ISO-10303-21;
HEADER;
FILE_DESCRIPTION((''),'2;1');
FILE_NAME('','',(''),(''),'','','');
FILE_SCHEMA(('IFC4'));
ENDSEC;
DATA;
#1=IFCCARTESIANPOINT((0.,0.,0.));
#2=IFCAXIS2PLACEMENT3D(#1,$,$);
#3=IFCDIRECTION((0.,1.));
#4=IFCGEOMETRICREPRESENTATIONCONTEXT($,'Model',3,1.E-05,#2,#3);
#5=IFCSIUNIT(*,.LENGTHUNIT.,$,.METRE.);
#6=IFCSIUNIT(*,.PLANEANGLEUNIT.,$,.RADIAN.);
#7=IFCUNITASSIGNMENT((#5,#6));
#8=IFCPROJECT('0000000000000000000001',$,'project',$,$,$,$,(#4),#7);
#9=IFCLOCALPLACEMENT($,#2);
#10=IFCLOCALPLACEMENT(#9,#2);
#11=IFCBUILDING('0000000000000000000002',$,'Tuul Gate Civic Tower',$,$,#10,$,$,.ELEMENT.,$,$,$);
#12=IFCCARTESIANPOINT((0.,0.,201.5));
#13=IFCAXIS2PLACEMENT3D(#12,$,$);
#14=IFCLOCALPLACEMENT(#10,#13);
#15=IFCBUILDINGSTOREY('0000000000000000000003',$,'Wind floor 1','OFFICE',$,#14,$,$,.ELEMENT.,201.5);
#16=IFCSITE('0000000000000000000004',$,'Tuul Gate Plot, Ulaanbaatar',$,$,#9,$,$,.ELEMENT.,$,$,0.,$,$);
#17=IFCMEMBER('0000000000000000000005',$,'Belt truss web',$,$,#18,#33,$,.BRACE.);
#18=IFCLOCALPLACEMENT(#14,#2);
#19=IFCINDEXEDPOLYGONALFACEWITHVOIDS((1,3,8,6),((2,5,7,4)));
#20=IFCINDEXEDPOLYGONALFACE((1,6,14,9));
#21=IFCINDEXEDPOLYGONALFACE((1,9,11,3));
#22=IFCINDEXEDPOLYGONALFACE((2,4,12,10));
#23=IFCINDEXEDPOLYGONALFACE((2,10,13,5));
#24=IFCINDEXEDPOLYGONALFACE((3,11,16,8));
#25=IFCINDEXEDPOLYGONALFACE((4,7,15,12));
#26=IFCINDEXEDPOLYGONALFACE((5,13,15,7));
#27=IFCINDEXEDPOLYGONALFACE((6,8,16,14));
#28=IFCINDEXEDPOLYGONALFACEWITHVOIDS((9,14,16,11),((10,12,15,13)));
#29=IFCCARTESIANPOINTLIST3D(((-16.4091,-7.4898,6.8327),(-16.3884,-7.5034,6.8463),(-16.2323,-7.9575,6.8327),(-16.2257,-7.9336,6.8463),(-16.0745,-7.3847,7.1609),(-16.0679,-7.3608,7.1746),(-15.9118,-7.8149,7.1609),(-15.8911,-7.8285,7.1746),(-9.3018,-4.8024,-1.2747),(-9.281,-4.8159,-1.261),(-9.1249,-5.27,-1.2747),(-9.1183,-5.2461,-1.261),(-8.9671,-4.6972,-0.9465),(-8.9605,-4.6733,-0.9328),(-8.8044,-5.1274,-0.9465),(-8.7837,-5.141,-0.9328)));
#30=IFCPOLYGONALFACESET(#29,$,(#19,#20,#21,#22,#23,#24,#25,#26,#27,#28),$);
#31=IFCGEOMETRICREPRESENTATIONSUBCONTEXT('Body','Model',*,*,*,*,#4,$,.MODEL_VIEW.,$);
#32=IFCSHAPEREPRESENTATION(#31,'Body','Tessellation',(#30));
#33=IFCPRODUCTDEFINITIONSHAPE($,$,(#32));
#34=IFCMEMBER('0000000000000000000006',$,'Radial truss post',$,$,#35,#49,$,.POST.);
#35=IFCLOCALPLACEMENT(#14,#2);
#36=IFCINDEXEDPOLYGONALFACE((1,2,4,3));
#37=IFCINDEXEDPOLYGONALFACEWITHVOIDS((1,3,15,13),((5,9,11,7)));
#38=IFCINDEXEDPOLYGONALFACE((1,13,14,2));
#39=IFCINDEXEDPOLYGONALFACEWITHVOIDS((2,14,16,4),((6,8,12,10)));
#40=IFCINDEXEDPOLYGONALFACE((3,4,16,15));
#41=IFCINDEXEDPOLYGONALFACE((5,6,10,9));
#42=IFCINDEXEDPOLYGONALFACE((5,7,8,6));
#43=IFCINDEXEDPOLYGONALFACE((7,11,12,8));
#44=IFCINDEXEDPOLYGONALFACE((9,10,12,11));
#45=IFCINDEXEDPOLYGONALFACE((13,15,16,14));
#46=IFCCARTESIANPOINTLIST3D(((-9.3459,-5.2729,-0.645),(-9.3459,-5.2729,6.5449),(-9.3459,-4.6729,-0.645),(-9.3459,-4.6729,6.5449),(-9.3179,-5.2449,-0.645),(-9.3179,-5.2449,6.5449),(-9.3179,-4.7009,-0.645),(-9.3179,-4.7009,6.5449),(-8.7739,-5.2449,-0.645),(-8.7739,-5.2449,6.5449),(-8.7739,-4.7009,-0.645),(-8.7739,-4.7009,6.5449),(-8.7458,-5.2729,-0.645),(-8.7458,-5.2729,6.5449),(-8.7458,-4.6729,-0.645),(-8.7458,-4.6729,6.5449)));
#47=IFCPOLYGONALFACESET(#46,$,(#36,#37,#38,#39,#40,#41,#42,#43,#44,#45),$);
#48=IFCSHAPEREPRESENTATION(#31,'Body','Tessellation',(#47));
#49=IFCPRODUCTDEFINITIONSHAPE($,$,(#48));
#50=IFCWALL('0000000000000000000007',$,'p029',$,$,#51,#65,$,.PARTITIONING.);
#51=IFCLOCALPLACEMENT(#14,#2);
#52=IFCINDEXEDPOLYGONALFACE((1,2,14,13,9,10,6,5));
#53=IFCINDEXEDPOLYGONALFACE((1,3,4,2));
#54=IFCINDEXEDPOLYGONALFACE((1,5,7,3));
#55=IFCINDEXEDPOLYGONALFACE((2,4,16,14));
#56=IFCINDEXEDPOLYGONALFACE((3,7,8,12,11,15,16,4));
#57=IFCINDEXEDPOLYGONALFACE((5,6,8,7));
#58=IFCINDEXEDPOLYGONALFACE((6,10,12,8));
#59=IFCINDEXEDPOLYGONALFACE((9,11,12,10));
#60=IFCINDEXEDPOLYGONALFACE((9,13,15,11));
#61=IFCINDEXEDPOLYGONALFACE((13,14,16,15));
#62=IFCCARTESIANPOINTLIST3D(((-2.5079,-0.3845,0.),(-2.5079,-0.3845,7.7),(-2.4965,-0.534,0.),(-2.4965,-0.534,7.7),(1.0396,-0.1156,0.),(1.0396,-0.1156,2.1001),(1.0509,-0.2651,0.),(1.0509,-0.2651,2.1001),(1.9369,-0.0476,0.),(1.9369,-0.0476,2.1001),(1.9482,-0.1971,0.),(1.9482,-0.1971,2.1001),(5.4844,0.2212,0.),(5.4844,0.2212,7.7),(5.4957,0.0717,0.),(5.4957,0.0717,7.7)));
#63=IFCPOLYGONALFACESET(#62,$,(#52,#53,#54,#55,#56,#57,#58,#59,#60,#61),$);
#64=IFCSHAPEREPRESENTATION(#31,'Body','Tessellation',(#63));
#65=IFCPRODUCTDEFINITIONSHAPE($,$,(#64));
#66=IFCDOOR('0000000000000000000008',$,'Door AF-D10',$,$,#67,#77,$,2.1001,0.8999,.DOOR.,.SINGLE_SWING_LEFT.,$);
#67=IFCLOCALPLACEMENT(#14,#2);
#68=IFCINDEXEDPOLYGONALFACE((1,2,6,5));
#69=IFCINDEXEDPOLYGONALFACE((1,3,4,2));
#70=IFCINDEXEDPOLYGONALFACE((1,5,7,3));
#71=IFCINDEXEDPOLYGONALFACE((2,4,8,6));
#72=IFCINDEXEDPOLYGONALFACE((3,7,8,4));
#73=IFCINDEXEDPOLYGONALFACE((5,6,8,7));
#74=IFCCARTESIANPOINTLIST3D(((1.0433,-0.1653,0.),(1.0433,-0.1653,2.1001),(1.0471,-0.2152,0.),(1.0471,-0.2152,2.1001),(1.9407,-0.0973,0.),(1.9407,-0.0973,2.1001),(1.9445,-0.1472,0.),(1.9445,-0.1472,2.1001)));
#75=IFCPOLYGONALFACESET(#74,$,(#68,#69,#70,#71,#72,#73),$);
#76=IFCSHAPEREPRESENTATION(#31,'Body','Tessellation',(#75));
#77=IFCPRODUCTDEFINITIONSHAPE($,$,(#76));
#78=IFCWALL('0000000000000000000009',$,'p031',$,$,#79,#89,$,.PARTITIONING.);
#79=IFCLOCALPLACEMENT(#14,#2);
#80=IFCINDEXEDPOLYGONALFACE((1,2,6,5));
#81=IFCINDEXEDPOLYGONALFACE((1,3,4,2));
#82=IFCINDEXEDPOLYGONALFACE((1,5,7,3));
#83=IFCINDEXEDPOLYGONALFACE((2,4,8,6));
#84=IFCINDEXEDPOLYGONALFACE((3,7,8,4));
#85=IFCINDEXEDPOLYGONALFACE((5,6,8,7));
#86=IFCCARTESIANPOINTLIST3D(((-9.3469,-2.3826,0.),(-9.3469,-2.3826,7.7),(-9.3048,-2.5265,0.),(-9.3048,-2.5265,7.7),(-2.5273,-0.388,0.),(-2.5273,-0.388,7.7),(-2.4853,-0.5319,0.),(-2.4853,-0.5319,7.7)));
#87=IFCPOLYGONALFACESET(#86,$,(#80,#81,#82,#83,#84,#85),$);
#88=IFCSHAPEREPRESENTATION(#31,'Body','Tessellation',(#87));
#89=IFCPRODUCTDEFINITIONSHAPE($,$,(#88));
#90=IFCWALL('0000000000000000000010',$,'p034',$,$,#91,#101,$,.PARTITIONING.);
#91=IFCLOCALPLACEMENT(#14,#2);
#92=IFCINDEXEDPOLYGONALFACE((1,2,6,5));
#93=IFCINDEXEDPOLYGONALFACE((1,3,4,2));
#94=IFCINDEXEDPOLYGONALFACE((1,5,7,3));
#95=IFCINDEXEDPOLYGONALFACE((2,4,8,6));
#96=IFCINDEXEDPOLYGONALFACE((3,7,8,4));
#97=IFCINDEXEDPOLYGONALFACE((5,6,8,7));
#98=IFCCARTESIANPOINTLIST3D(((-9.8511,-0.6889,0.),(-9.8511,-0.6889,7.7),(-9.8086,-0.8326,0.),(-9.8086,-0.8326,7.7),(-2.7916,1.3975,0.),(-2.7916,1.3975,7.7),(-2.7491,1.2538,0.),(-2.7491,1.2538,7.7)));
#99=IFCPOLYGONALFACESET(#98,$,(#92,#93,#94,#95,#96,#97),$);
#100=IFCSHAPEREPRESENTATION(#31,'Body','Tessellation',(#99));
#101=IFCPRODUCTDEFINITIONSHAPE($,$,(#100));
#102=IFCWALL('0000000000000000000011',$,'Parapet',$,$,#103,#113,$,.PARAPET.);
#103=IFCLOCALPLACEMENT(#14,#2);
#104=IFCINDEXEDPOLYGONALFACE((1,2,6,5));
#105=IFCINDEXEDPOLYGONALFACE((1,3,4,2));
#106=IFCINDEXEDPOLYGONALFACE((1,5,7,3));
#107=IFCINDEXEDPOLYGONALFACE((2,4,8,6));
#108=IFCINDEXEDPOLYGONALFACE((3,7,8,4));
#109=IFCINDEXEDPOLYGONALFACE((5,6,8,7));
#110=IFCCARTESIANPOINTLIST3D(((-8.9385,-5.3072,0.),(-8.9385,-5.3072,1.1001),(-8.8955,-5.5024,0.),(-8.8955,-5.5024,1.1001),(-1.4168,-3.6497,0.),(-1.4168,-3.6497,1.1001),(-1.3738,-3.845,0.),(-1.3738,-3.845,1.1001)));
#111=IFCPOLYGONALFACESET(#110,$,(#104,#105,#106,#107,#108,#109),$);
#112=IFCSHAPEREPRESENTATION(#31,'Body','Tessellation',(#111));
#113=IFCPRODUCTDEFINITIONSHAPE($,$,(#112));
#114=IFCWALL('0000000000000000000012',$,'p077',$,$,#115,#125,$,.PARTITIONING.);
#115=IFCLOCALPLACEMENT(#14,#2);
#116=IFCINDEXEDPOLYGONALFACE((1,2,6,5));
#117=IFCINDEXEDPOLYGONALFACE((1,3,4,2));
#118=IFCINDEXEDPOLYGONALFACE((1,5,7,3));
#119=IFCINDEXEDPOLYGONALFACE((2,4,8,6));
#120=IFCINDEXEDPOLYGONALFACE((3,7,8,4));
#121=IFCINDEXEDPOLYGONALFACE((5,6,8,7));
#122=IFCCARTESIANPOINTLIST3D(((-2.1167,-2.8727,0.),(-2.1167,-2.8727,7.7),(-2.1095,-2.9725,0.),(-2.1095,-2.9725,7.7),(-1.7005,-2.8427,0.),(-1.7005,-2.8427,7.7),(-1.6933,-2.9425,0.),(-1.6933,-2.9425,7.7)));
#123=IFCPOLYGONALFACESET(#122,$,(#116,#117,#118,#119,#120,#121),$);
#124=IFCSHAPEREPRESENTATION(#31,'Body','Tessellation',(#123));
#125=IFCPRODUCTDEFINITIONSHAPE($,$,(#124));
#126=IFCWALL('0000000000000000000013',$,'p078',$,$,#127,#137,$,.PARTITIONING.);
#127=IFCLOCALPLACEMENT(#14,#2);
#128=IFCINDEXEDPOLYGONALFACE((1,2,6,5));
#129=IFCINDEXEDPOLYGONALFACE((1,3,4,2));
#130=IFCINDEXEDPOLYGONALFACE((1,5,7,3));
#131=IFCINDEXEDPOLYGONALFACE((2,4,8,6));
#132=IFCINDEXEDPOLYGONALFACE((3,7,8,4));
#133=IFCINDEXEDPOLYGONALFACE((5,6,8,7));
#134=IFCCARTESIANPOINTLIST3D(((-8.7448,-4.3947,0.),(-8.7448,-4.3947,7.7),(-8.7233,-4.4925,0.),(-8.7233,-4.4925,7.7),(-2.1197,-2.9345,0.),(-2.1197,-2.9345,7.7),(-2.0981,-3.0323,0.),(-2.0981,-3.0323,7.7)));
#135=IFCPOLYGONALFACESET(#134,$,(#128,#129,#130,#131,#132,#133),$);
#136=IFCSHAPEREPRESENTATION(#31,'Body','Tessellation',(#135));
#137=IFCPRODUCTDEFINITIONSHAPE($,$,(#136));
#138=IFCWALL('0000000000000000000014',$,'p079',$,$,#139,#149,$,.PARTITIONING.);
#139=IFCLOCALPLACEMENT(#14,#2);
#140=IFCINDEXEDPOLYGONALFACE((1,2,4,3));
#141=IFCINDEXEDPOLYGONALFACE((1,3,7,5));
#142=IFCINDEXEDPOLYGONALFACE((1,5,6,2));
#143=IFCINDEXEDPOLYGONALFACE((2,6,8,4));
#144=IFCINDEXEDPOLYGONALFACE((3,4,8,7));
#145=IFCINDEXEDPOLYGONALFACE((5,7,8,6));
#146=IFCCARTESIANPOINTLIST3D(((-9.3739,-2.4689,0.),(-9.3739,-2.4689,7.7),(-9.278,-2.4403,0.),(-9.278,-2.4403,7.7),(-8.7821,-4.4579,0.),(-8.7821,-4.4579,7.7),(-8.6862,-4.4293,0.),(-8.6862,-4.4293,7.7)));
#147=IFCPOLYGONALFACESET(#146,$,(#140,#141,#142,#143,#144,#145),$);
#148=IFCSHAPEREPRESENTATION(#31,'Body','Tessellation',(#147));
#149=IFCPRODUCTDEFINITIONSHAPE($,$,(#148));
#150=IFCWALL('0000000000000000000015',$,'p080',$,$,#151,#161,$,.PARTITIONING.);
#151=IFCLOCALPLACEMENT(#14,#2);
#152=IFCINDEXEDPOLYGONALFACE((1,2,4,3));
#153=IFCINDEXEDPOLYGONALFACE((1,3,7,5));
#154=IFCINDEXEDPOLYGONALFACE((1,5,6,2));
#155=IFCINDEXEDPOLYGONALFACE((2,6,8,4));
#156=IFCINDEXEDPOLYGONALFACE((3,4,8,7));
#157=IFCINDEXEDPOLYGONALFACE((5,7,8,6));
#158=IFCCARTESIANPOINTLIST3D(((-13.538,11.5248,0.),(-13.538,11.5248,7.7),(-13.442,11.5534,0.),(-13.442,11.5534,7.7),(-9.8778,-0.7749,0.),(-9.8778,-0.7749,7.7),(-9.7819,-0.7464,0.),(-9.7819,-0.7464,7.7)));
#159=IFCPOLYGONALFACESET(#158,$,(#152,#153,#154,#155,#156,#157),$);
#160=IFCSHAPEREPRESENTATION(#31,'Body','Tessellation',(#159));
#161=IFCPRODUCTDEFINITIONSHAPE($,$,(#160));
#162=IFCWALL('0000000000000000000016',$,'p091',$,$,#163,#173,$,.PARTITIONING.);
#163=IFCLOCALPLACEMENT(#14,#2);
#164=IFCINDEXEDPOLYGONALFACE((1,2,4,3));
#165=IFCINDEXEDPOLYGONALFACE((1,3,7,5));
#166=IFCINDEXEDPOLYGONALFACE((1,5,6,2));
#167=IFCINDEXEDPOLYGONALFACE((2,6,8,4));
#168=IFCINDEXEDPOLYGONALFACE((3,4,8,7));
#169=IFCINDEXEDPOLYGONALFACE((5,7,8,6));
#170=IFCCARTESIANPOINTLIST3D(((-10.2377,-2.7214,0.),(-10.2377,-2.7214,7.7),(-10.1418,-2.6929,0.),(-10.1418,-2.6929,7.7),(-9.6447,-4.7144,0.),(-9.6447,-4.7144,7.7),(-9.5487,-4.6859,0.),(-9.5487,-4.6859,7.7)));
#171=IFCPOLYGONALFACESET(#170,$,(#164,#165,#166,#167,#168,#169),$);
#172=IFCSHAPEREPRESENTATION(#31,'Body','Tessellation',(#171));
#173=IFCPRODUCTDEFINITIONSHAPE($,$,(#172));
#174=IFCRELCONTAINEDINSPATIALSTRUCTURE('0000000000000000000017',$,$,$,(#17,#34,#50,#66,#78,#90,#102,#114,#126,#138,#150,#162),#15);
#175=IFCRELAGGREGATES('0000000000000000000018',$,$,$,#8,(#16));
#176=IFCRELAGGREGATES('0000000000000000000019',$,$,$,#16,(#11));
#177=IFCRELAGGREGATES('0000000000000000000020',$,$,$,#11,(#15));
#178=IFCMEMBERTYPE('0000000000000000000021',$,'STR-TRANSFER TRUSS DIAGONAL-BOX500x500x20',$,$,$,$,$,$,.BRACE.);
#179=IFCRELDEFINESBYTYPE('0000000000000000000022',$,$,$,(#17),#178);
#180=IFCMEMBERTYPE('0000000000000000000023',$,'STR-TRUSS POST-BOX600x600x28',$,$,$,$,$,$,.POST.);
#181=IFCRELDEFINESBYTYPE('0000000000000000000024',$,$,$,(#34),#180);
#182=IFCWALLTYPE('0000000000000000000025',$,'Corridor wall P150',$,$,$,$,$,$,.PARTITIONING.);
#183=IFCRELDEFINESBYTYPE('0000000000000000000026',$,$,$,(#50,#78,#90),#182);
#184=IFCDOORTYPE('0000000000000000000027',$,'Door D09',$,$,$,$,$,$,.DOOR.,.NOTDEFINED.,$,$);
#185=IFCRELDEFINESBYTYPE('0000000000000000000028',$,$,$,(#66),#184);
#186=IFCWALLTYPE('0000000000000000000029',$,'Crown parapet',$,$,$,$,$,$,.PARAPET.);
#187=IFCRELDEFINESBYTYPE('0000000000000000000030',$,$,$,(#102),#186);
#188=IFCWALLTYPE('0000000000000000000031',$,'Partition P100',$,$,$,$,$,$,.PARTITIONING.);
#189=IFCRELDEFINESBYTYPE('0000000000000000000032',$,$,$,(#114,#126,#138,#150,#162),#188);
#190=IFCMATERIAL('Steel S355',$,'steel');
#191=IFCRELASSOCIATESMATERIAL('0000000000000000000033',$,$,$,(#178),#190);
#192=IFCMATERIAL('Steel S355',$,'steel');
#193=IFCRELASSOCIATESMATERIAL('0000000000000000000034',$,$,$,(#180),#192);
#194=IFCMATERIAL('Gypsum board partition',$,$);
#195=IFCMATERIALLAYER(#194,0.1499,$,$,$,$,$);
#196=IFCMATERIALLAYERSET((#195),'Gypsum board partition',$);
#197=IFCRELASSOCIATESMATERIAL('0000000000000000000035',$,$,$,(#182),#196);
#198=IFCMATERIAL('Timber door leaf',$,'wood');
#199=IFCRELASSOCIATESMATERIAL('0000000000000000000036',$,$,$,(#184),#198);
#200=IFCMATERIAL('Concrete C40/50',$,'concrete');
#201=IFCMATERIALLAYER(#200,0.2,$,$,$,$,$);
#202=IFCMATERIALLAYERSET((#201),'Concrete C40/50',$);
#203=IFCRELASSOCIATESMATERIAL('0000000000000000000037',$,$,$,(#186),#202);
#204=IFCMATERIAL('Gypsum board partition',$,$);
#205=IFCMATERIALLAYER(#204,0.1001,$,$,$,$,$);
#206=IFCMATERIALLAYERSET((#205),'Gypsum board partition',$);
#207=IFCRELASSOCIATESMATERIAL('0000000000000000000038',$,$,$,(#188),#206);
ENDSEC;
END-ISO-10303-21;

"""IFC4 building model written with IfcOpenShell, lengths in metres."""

from ifc_helpers import new_model, si_unit, direction, frame, frame_2d, origin, origin_2d, place, context, subcontext, project, spatial, rectangle, hollow_rectangle, extrude, material, layer, layer_set, material_profile, profile_set, type_object, element, fill, save


model = new_model("IFC4")

# Units and contexts
model_context = context("Model", 3, precision=1e-05, world=origin(), true_north=direction((0.0, 1.0)))
body_context = subcontext(model_context, "Body", "Model", "MODEL_VIEW")
ifc_project = project(units=[si_unit("LENGTHUNIT", "METRE"), si_unit("PLANEANGLEUNIT", "RADIAN")], contexts=[model_context])

# Site, building, storey
site_placement = place(None, origin())
site = spatial("IfcSite", under=ifc_project, at=site_placement, Name="Tuul Gate Plot, Ulaanbaatar", CompositionType="ELEMENT", RefElevation=0.0)
building_placement = place(site_placement, origin())
building = spatial("IfcBuilding", under=site, at=building_placement, Name="Tuul Gate Civic Tower", CompositionType="ELEMENT")
storey_placement = place(building_placement, frame((0.0, 0.0, 201.5)))
storey = spatial("IfcBuildingStorey", under=building, at=storey_placement, Name="Wind floor 1", Description="OFFICE", CompositionType="ELEMENT", Elevation=201.5)

# Members
ifc_material_1 = material(Name="Steel S355", Category="steel")
ifc_material_profile_1 = material_profile(ifc_material_1, hollow_rectangle(XDim=0.5, YDim=0.5, WallThickness=0.02, at=origin_2d()), Name="BOX500x500x20")
ifc_profile_set_1 = profile_set([ifc_material_profile_1], Name="Steel S355")
member_type_1 = type_object("IfcMemberType", Name="STR-TRANSFER TRUSS DIAGONAL-BOX500x500x20", PredefinedType="BRACE", material=ifc_profile_set_1)
member_1_placement = place(storey_placement, frame((-9.0427, -4.9717, -1.1038), z_axis=(-0.639638, -0.241864, 0.729634), x_axis=(0.353685, -0.935364, 0.0)))
element("IfcMember", 1, at=member_1_placement, inside=storey, type_object=member_type_1, Name="Belt truss web", PredefinedType="BRACE", context=body_context, shape_type="SweptSolid", body=[
    extrude(hollow_rectangle(XDim=0.5, YDim=0.5, WallThickness=0.02, at=origin_2d()), origin(), (0.0, 0.0, 1.0), 11.1116),
])
ifc_material_2 = material(Name="Steel S355", Category="steel")
ifc_material_profile_2 = material_profile(ifc_material_2, hollow_rectangle(XDim=0.6001, YDim=0.6001, WallThickness=0.0281, at=origin_2d()), Name="BOX600x600x28")
ifc_profile_set_2 = profile_set([ifc_material_profile_2], Name="Steel S355")
member_type_2 = type_object("IfcMemberType", Name="STR-TRUSS POST-BOX600x600x28", PredefinedType="POST", material=ifc_profile_set_2)
member_2_placement = place(storey_placement, frame((-9.0459, -4.9729, -0.645), z_axis=(0.0, 0.0, 1.0), x_axis=(1.0, 0.0, 0.0)))
element("IfcMember", 2, at=member_2_placement, inside=storey, type_object=member_type_2, Name="Radial truss post", PredefinedType="POST", context=body_context, shape_type="SweptSolid", body=[
    extrude(hollow_rectangle(XDim=0.6001, YDim=0.6001, WallThickness=0.0281, at=origin_2d()), origin(), (0.0, 0.0, 1.0), 7.1899),
])

# Wall, opening, door
ifc_material_3 = material(Name="Gypsum board partition")
ifc_layer_1 = layer(ifc_material_3, 0.1499)
ifc_layer_set_1 = layer_set([ifc_layer_1], Name="Gypsum board partition")
wall_type_1 = type_object("IfcWallType", Name="Corridor wall P150", PredefinedType="PARTITIONING", material=ifc_layer_set_1)
wall_1_placement = place(storey_placement, frame((-2.5022, -0.4592, 0.0), z_axis=(0.0, 0.0, 1.0), x_axis=(0.99714, 0.075571, 0.0)))
wall_1 = element("IfcWall", 3, at=wall_1_placement, inside=storey, type_object=wall_type_1, Name="p029", PredefinedType="PARTITIONING", context=body_context, shape_type="SweptSolid", body=[
    extrude(rectangle(XDim=8.0151, YDim=0.1499, at=frame_2d((4.0076, 0.0))), origin(), (0.0, 0.0, 1.0), 7.7),
])
opening_placement = place(wall_1_placement, frame((3.5576, 0.0, 0.0)))
opening = element("IfcOpeningElement", 4, at=opening_placement, cuts=wall_1, PredefinedType="OPENING", context=body_context, shape_type="SweptSolid", body=[
    extrude(rectangle(XDim=0.8999, YDim=2.1001, at=frame_2d((0.45, 1.05))), frame((0.0, 0.085, 0.0), z_axis=(0.0, -1.0, 0.0), x_axis=(1.0, 0.0, 0.0)), (0.0, 0.0, 1.0), 0.1699),
])
ifc_material_4 = material(Name="Timber door leaf", Category="wood")
door_type = type_object("IfcDoorType", Name="Door D09", OperationType="NOTDEFINED", PredefinedType="DOOR", material=ifc_material_4)
door_placement = place(opening_placement, frame((0.8999, 0.0, 0.0), z_axis=(0.0, 0.0, 1.0), x_axis=(-1.0, 0.0, 0.0)))
door = element("IfcDoor", 5, at=door_placement, inside=storey, type_object=door_type, Name="Door AF-D10", OperationType="SINGLE_SWING_LEFT", OverallHeight=2.1001, OverallWidth=0.8999, PredefinedType="DOOR", context=body_context, shape_type="SweptSolid", body=[
    extrude(rectangle(XDim=0.8999, YDim=2.1001, at=frame_2d((0.45, 1.05))), frame((0.0, 0.0249, 0.0), z_axis=(0.0, -1.0, 0.0), x_axis=(1.0, 0.0, 0.0)), (0.0, 0.0, 1.0), 0.05),
])
fill(opening, door)

# Walls
wall_2_placement = place(storey_placement, frame((-9.3259, -2.4546, 0.0), z_axis=(0.0, 0.0, 1.0), x_axis=(0.959788, 0.280724, 0.0)))
element("IfcWall", 6, at=wall_2_placement, inside=storey, type_object=wall_type_1, Name="p031", PredefinedType="PARTITIONING", context=body_context, shape_type="SweptSolid", body=[
    extrude(rectangle(XDim=7.1052, YDim=0.1499, at=frame_2d((3.5527, 0.0))), origin(), (0.0, 0.0, 1.0), 7.7),
])
wall_3_placement = place(storey_placement, frame((-9.8298, -0.7607, 0.0), z_axis=(0.0, 0.0, 1.0), x_axis=(0.958994, 0.283427, 0.0)))
element("IfcWall", 7, at=wall_3_placement, inside=storey, type_object=wall_type_1, Name="p034", PredefinedType="PARTITIONING", context=body_context, shape_type="SweptSolid", body=[
    extrude(rectangle(XDim=7.3613, YDim=0.1499, at=frame_2d((3.6807, 0.0))), origin(), (0.0, 0.0, 1.0), 7.7),
])
ifc_material_5 = material(Name="Concrete C40/50", Category="concrete")
ifc_layer_2 = layer(ifc_material_5, 0.2)
ifc_layer_set_2 = layer_set([ifc_layer_2], Name="Concrete C40/50")
wall_type_2 = type_object("IfcWallType", Name="Crown parapet", PredefinedType="PARAPET", material=ifc_layer_set_2)
wall_4_placement = place(storey_placement, frame((-8.917, -5.4048, 0.0), z_axis=(0.0, 0.0, 1.0), x_axis=(0.976571, 0.215195, 0.0)))
element("IfcWall", 8, at=wall_4_placement, inside=storey, type_object=wall_type_2, Name="Parapet", PredefinedType="PARAPET", context=body_context, shape_type="SweptSolid", body=[
    extrude(rectangle(XDim=7.7021, YDim=0.2, at=frame_2d((3.8511, 0.0))), origin(), (0.0, 0.0, 1.0), 1.1001),
])
ifc_material_6 = material(Name="Gypsum board partition")
ifc_layer_3 = layer(ifc_material_6, 0.1001)
ifc_layer_set_3 = layer_set([ifc_layer_3], Name="Gypsum board partition")
wall_type_3 = type_object("IfcWallType", Name="Partition P100", PredefinedType="PARTITIONING", material=ifc_layer_set_3)
wall_5_placement = place(storey_placement, frame((-1.697, -2.8926, 0.0), z_axis=(0.0, 0.0, 1.0), x_axis=(-0.997408, -0.071954, 0.0)))
element("IfcWall", 9, at=wall_5_placement, inside=storey, type_object=wall_type_3, Name="p077", PredefinedType="PARTITIONING", context=body_context, shape_type="SweptSolid", body=[
    extrude(rectangle(XDim=0.4172, YDim=0.1001, at=frame_2d((0.2085, 0.0))), origin(), (0.0, 0.0, 1.0), 7.7),
])
wall_6_placement = place(storey_placement, frame((-2.1089, -2.9834, 0.0), z_axis=(0.0, 0.0, 1.0), x_axis=(-0.976562, -0.215235, 0.0)))
element("IfcWall", 10, at=wall_6_placement, inside=storey, type_object=wall_type_3, Name="p078", PredefinedType="PARTITIONING", context=body_context, shape_type="SweptSolid", body=[
    extrude(rectangle(XDim=6.7842, YDim=0.1001, at=frame_2d((3.3921, 0.0))), origin(), (0.0, 0.0, 1.0), 7.7),
])
wall_7_placement = place(storey_placement, frame((-8.7341, -4.4436, 0.0), z_axis=(0.0, 0.0, 1.0), x_axis=(-0.285178, 0.958475, 0.0)))
element("IfcWall", 11, at=wall_7_placement, inside=storey, type_object=wall_type_3, Name="p079", PredefinedType="PARTITIONING", context=body_context, shape_type="SweptSolid", body=[
    extrude(rectangle(XDim=2.0752, YDim=0.1001, at=frame_2d((1.0376, 0.0))), origin(), (0.0, 0.0, 1.0), 7.7),
])
wall_8_placement = place(storey_placement, frame((-9.8298, -0.7607, 0.0), z_axis=(0.0, 0.0, 1.0), x_axis=(-0.285218, 0.958463, 0.0)))
element("IfcWall", 12, at=wall_8_placement, inside=storey, type_object=wall_type_3, Name="p080", PredefinedType="PARTITIONING", context=body_context, shape_type="SweptSolid", body=[
    extrude(rectangle(XDim=12.8328, YDim=0.1001, at=frame_2d((6.4165, 0.0))), origin(), (0.0, 0.0, 1.0), 7.7),
])
wall_9_placement = place(storey_placement, frame((-10.1897, -2.7073, 0.0), z_axis=(0.0, 0.0, 1.0), x_axis=(0.285204, -0.958467, 0.0)))
element("IfcWall", 13, at=wall_9_placement, inside=storey, type_object=wall_type_3, Name="p091", PredefinedType="PARTITIONING", context=body_context, shape_type="SweptSolid", body=[
    extrude(rectangle(XDim=2.0793, YDim=0.1001, at=frame_2d((1.0396, 0.0))), origin(), (0.0, 0.0, 1.0), 7.7),
])

save(model, "model.ifc")
